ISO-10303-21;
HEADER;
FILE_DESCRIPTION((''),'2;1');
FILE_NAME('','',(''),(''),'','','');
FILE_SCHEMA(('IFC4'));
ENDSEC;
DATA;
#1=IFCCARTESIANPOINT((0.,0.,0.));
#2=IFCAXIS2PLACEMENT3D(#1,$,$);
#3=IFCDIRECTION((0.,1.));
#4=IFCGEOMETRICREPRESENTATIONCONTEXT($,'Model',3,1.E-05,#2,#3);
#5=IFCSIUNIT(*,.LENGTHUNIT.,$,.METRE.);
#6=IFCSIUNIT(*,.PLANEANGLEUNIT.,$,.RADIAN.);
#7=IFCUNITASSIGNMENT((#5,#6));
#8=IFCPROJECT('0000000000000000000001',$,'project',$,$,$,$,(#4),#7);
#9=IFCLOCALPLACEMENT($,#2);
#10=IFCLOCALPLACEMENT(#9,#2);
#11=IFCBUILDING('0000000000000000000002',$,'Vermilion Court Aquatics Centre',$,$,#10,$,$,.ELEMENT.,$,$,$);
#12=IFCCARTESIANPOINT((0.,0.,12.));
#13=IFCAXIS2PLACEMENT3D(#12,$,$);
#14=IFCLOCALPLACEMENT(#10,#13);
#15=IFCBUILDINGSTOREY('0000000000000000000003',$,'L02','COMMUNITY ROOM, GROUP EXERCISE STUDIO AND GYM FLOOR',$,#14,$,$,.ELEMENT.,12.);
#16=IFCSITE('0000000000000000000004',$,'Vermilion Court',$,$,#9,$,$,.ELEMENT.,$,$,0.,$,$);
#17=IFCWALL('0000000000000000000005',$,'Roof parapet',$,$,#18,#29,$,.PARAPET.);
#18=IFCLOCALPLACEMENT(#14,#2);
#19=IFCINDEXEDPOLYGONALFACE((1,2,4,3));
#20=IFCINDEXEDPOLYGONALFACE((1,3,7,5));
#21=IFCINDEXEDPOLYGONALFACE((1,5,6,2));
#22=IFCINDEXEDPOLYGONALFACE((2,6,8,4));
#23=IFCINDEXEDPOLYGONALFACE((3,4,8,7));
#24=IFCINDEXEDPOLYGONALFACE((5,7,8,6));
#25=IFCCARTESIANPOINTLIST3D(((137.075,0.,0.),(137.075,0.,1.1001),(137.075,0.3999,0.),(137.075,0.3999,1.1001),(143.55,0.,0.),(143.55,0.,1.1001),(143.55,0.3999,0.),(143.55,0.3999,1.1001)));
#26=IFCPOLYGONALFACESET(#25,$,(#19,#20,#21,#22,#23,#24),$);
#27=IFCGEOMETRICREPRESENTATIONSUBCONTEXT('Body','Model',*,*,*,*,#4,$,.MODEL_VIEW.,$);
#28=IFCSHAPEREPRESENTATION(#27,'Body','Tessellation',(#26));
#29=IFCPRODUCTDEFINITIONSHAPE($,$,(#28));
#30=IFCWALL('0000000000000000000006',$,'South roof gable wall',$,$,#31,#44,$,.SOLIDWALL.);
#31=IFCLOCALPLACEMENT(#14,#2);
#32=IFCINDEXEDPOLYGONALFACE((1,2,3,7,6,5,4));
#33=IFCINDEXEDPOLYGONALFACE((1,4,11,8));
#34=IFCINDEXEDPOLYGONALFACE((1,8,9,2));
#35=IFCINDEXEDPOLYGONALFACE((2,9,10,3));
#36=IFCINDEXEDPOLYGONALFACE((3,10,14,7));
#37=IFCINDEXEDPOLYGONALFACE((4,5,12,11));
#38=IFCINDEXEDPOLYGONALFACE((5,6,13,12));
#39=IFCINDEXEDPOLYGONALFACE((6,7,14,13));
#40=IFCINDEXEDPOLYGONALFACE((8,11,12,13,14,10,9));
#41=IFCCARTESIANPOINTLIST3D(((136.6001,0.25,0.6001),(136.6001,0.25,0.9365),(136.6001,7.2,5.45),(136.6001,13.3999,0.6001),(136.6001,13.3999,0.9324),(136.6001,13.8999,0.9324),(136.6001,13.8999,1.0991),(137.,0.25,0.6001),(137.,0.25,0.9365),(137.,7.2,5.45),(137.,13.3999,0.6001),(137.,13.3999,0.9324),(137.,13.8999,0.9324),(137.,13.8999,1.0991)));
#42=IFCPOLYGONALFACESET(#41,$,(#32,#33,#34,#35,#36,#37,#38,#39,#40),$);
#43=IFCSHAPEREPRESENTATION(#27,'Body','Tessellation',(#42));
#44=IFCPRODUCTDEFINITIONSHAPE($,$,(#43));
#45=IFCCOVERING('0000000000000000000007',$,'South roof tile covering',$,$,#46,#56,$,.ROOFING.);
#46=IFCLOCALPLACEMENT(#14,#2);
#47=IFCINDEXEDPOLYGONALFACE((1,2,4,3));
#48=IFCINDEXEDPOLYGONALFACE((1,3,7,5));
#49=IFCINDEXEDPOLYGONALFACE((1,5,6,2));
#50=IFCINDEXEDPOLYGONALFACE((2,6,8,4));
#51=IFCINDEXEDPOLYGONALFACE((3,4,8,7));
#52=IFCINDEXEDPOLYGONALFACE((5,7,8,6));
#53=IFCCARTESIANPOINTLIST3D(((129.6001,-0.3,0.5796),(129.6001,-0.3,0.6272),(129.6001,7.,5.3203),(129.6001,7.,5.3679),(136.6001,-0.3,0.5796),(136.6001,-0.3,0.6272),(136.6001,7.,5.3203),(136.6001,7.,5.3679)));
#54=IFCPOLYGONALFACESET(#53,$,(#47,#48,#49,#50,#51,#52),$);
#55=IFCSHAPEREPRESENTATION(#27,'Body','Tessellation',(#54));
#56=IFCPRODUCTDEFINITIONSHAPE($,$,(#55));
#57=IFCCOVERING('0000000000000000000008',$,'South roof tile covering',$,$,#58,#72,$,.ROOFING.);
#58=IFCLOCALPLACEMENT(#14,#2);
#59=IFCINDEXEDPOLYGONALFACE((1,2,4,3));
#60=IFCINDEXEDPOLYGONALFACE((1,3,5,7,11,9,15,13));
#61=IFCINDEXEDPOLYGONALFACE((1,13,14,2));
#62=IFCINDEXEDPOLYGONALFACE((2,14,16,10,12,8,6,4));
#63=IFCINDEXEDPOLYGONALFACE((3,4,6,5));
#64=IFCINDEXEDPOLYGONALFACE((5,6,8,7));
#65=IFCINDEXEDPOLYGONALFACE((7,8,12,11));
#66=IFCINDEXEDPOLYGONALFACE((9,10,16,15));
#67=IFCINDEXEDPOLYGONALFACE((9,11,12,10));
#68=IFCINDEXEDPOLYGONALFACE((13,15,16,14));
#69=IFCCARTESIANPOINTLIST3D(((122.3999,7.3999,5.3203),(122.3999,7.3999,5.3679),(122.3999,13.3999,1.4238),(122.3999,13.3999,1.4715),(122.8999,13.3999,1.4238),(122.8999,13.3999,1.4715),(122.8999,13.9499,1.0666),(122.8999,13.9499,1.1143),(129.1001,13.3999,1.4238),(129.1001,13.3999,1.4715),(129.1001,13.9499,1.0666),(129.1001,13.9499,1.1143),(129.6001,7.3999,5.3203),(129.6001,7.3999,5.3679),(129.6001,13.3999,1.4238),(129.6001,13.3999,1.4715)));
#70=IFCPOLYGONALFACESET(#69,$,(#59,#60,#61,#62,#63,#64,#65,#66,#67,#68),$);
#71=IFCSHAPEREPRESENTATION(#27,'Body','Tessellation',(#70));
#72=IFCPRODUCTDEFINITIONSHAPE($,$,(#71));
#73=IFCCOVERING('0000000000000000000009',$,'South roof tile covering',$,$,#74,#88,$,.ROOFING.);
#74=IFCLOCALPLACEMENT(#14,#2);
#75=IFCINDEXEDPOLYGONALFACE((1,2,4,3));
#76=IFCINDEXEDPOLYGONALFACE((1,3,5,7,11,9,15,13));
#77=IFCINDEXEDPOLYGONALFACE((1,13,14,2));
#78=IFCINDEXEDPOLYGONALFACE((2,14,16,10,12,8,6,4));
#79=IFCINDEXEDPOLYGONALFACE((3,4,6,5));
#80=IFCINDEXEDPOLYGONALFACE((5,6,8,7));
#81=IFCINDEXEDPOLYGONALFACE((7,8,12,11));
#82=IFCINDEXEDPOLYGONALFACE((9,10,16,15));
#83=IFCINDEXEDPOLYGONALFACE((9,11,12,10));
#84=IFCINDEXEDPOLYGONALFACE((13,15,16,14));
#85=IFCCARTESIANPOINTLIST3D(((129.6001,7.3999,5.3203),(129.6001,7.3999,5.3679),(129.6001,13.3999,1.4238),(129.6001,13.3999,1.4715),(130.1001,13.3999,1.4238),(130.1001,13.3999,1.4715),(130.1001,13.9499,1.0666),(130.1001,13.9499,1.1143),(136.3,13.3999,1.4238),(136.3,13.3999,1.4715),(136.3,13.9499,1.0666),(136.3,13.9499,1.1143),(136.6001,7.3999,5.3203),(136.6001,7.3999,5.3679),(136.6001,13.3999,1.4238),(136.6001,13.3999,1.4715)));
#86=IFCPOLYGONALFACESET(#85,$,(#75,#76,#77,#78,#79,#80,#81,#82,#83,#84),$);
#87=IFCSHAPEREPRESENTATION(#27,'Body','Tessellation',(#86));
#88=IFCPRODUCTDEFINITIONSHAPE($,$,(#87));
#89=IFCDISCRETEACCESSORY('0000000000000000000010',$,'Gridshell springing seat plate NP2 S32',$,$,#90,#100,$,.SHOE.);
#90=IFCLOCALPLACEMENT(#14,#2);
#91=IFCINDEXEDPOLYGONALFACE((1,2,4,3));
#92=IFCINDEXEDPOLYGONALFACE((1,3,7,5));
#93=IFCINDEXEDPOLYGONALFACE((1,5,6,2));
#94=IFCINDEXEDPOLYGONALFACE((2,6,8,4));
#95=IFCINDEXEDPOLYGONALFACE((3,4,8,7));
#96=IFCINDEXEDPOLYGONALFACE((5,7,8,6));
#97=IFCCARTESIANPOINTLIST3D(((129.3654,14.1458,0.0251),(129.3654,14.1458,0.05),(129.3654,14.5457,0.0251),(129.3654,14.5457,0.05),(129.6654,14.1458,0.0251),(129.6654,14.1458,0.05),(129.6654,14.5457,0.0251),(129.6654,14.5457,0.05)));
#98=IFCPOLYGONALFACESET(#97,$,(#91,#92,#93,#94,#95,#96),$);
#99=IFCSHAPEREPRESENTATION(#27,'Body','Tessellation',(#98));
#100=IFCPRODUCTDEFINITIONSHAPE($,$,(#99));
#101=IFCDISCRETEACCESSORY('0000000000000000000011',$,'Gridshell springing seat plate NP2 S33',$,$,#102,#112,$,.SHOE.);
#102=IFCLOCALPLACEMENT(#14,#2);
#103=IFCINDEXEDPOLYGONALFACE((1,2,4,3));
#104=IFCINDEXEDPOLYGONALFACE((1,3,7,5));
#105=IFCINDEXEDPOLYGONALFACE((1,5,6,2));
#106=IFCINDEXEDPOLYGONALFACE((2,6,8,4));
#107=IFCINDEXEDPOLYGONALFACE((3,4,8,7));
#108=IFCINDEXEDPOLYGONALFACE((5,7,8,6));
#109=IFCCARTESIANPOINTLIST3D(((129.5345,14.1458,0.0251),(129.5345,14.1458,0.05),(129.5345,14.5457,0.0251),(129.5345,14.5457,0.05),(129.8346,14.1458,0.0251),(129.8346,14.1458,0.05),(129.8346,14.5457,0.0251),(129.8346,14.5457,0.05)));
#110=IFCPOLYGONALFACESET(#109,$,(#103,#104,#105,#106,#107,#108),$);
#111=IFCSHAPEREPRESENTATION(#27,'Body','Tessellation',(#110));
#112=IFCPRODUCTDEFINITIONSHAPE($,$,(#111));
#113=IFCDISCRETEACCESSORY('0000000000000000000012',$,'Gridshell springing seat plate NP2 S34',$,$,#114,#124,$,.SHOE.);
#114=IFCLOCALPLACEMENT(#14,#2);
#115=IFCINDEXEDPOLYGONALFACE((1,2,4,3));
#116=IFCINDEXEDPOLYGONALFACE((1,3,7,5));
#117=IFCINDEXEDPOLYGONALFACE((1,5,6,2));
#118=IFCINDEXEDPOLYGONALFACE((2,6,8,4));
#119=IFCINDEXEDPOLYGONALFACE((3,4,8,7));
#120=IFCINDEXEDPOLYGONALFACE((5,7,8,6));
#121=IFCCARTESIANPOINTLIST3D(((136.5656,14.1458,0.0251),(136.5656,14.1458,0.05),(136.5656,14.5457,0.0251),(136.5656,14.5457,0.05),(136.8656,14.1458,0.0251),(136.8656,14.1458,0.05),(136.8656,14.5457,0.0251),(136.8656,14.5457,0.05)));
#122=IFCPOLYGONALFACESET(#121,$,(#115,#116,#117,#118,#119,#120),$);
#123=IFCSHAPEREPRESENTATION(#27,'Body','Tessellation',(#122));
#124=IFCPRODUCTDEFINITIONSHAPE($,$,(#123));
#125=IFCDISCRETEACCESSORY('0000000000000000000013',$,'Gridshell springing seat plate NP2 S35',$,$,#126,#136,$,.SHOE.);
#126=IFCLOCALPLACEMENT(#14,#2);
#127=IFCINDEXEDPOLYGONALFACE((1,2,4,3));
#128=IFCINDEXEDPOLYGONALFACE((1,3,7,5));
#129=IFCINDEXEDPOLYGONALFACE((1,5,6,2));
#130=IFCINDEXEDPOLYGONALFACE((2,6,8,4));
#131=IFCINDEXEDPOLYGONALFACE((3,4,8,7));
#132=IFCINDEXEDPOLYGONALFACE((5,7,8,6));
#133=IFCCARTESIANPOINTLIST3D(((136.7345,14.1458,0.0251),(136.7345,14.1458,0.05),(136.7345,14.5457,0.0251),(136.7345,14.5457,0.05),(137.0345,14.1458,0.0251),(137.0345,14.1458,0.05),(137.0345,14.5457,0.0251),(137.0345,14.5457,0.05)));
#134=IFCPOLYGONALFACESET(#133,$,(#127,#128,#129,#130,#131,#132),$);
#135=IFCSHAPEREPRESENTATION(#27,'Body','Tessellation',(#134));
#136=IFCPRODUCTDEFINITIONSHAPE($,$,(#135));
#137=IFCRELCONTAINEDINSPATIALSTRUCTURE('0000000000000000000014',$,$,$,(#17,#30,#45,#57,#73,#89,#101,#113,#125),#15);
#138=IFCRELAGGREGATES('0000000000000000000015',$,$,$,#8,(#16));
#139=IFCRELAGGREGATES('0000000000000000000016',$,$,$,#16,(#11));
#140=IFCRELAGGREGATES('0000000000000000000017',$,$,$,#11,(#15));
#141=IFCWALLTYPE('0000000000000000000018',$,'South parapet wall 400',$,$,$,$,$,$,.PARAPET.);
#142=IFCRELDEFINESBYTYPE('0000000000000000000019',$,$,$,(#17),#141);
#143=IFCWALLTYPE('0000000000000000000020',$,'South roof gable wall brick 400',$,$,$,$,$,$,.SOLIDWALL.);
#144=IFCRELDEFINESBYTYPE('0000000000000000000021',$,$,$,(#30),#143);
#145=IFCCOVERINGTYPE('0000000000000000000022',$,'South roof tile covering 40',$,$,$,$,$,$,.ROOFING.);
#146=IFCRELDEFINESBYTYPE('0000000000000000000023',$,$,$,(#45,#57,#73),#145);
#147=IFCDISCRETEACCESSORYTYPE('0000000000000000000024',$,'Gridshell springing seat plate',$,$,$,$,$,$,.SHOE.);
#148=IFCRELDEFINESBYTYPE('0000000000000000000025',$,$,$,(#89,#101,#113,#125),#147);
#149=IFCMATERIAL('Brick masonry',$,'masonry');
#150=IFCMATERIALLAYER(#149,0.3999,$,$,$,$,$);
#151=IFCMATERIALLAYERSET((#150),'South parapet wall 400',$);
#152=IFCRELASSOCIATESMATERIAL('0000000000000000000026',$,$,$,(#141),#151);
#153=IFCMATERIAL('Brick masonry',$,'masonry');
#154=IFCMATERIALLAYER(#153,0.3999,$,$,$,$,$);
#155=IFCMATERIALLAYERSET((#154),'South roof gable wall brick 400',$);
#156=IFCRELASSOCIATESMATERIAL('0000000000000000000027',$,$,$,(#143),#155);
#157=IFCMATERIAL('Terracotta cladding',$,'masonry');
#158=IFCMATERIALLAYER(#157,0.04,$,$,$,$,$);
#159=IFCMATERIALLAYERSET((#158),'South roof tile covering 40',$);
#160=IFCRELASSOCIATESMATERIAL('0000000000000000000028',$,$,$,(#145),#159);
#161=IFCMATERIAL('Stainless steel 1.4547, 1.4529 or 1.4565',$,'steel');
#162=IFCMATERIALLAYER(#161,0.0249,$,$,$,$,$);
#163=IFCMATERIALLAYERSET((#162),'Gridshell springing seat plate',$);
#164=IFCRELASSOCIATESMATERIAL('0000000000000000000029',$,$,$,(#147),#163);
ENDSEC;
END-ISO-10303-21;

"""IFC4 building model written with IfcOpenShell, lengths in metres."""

from ifc_helpers import new_model, si_unit, direction, frame, frame_2d, origin, origin_2d, place, context, subcontext, project, spatial, polyline, rectangle, outline, extrude, material, layer, layer_set, type_object, element, save


model = new_model("IFC4")

# Units and contexts
model_context = context("Model", 3, precision=1e-05, world=origin(), true_north=direction((0.0, 1.0)))
body_context = subcontext(model_context, "Body", "Model", "MODEL_VIEW")
ifc_project = project(units=[si_unit("LENGTHUNIT", "METRE"), si_unit("PLANEANGLEUNIT", "RADIAN")], contexts=[model_context])

# Site, building, storey
site_placement = place(None, origin())
site = spatial("IfcSite", under=ifc_project, at=site_placement, Name="Vermilion Court", CompositionType="ELEMENT", RefElevation=0.0)
building_placement = place(site_placement, origin())
building = spatial("IfcBuilding", under=site, at=building_placement, Name="Vermilion Court Aquatics Centre", CompositionType="ELEMENT")
storey_placement = place(building_placement, frame((0.0, 0.0, 12.0)))
storey = spatial("IfcBuildingStorey", under=building, at=storey_placement, Name="L02", Description="COMMUNITY ROOM, GROUP EXERCISE STUDIO AND GYM FLOOR", CompositionType="ELEMENT", Elevation=12.0)

# Walls
ifc_material_1 = material(Name="Brick masonry", Category="masonry")
ifc_layer_1 = layer(ifc_material_1, 0.3999)
ifc_layer_set_1 = layer_set([ifc_layer_1], Name="South parapet wall 400")
wall_type_1 = type_object("IfcWallType", Name="South parapet wall 400", PredefinedType="PARAPET", material=ifc_layer_set_1)
wall_1_placement = place(storey_placement, frame((137.075, 0.2, 0.0), z_axis=(0.0, 0.0, 1.0), x_axis=(1.0, 0.0, 0.0)))
element("IfcWall", 1, at=wall_1_placement, inside=storey, type_object=wall_type_1, Name="Roof parapet", PredefinedType="PARAPET", context=body_context, shape_type="SweptSolid", body=[
    extrude(rectangle(XDim=6.4751, YDim=0.3999, at=frame_2d((3.2375, 0.0))), origin(), (0.0, 0.0, 1.0), 1.1001),
])
ifc_material_2 = material(Name="Brick masonry", Category="masonry")
ifc_layer_2 = layer(ifc_material_2, 0.3999)
ifc_layer_set_2 = layer_set([ifc_layer_2], Name="South roof gable wall brick 400")
wall_type_2 = type_object("IfcWallType", Name="South roof gable wall brick 400", PredefinedType="SOLIDWALL", material=ifc_layer_set_2)
wall_2_placement = place(storey_placement, frame((136.8, 0.25, 0.6001), z_axis=(0.0, 0.0, 1.0), x_axis=(0.0, 1.0, 0.0)))
element("IfcWall", 2, at=wall_2_placement, inside=storey, type_object=wall_type_2, Name="South roof gable wall", PredefinedType="SOLIDWALL", context=body_context, shape_type="SweptSolid", body=[
    extrude(outline(polyline([(0.0, 0.0), (13.1499, 0.0), (13.1499, 0.3323), (13.6499, 0.3323), (13.6499, 0.499), (6.95, 4.8499), (0.0, 0.3364), (0.0, 0.0)])), frame((0.0, 0.2, 0.0), z_axis=(0.0, -1.0, 0.0), x_axis=(1.0, 0.0, 0.0)), (0.0, 0.0, 1.0), 0.3999),
])

# Coverings
ifc_material_3 = material(Name="Terracotta cladding", Category="masonry")
ifc_layer_3 = layer(ifc_material_3, 0.04)
ifc_layer_set_3 = layer_set([ifc_layer_3], Name="South roof tile covering 40")
covering_type = type_object("IfcCoveringType", Name="South roof tile covering 40", PredefinedType="ROOFING", material=ifc_layer_set_3)
covering_1_placement = place(storey_placement, frame((129.6001, -0.3, 0.6272), z_axis=(0.0, -0.54464, 0.83867), x_axis=(0.0, 0.83867, 0.54464)))
element("IfcCovering", 3, at=covering_1_placement, inside=storey, type_object=covering_type, Name="South roof tile covering", PredefinedType="ROOFING", context=body_context, shape_type="SweptSolid", body=[
    extrude(outline(polyline([(0.0, 0.0), (8.7043, 0.0), (8.7043, -7.0), (0.0, -7.0), (0.0, 0.0)])), origin(), (-0.54464, 0.0, -0.83867), 0.0476),
])
covering_2_placement = place(storey_placement, frame((129.6001, 7.3999, 5.3679), z_axis=(0.0, 0.54464, 0.83867), x_axis=(-1.0, 0.0, 0.0)))
element("IfcCovering", 4, at=covering_2_placement, inside=storey, type_object=covering_type, Name="South roof tile covering", PredefinedType="ROOFING", context=body_context, shape_type="SweptSolid", body=[
    extrude(outline(polyline([(0.0, 0.0), (7.2002, 0.0), (7.2002, -7.1542), (6.7002, -7.1542), (6.7002, -7.81), (0.5, -7.81), (0.5, -7.1542), (0.0, -7.1542), (0.0, 0.0)])), origin(), (0.0, -0.54464, -0.83867), 0.0476),
])
covering_3_placement = place(storey_placement, frame((136.6001, 7.3999, 5.3679), z_axis=(0.0, 0.54464, 0.83867), x_axis=(-1.0, 0.0, 0.0)))
element("IfcCovering", 5, at=covering_3_placement, inside=storey, type_object=covering_type, Name="South roof tile covering", PredefinedType="ROOFING", context=body_context, shape_type="SweptSolid", body=[
    extrude(outline(polyline([(0.0, 0.0), (7.0, 0.0), (7.0, -7.1542), (6.5, -7.1542), (6.5, -7.81), (0.3, -7.81), (0.3, -7.1542), (0.0, -7.1542), (0.0, 0.0)])), origin(), (0.0, -0.54464, -0.83867), 0.0476),
])

# Discrete accessories
ifc_material_4 = material(Name="Stainless steel 1.4547, 1.4529 or 1.4565", Category="steel")
ifc_layer_4 = layer(ifc_material_4, 0.0249)
ifc_layer_set_4 = layer_set([ifc_layer_4], Name="Gridshell springing seat plate")
discrete_accessory_type = type_object("IfcDiscreteAccessoryType", Name="Gridshell springing seat plate", PredefinedType="SHOE", material=ifc_layer_set_4)
for number, where, z_axis, x_axis, name in (
    (6, (129.5154, 14.3457, 0.0251), (0.0, 0.0, 1.0), (1.0, 0.0, 0.0), "Gridshell springing seat plate NP2 S32"),
    (7, (129.6846, 14.3457, 0.0251), (0.0, 0.0, 1.0), (1.0, 0.0, 0.0), "Gridshell springing seat plate NP2 S33"),
    (8, (136.7156, 14.3457, 0.0251), (0.0, 0.0, 1.0), (1.0, 0.0, 0.0), "Gridshell springing seat plate NP2 S34"),
    (9, (136.8845, 14.3457, 0.0251), (0.0, 0.0, 1.0), (1.0, 0.0, 0.0), "Gridshell springing seat plate NP2 S35"),
):
    element("IfcDiscreteAccessory", number, at=place(storey_placement, frame(where, z_axis=z_axis, x_axis=x_axis)), inside=storey, type_object=discrete_accessory_type, Name=name, PredefinedType="SHOE", context=body_context, shape_type="SweptSolid", body=[
        extrude(rectangle(XDim=0.3, YDim=0.3999, at=origin_2d()), origin(), (0.0, 0.0, 1.0), 0.0249),
    ])

save(model, "model.ifc")
